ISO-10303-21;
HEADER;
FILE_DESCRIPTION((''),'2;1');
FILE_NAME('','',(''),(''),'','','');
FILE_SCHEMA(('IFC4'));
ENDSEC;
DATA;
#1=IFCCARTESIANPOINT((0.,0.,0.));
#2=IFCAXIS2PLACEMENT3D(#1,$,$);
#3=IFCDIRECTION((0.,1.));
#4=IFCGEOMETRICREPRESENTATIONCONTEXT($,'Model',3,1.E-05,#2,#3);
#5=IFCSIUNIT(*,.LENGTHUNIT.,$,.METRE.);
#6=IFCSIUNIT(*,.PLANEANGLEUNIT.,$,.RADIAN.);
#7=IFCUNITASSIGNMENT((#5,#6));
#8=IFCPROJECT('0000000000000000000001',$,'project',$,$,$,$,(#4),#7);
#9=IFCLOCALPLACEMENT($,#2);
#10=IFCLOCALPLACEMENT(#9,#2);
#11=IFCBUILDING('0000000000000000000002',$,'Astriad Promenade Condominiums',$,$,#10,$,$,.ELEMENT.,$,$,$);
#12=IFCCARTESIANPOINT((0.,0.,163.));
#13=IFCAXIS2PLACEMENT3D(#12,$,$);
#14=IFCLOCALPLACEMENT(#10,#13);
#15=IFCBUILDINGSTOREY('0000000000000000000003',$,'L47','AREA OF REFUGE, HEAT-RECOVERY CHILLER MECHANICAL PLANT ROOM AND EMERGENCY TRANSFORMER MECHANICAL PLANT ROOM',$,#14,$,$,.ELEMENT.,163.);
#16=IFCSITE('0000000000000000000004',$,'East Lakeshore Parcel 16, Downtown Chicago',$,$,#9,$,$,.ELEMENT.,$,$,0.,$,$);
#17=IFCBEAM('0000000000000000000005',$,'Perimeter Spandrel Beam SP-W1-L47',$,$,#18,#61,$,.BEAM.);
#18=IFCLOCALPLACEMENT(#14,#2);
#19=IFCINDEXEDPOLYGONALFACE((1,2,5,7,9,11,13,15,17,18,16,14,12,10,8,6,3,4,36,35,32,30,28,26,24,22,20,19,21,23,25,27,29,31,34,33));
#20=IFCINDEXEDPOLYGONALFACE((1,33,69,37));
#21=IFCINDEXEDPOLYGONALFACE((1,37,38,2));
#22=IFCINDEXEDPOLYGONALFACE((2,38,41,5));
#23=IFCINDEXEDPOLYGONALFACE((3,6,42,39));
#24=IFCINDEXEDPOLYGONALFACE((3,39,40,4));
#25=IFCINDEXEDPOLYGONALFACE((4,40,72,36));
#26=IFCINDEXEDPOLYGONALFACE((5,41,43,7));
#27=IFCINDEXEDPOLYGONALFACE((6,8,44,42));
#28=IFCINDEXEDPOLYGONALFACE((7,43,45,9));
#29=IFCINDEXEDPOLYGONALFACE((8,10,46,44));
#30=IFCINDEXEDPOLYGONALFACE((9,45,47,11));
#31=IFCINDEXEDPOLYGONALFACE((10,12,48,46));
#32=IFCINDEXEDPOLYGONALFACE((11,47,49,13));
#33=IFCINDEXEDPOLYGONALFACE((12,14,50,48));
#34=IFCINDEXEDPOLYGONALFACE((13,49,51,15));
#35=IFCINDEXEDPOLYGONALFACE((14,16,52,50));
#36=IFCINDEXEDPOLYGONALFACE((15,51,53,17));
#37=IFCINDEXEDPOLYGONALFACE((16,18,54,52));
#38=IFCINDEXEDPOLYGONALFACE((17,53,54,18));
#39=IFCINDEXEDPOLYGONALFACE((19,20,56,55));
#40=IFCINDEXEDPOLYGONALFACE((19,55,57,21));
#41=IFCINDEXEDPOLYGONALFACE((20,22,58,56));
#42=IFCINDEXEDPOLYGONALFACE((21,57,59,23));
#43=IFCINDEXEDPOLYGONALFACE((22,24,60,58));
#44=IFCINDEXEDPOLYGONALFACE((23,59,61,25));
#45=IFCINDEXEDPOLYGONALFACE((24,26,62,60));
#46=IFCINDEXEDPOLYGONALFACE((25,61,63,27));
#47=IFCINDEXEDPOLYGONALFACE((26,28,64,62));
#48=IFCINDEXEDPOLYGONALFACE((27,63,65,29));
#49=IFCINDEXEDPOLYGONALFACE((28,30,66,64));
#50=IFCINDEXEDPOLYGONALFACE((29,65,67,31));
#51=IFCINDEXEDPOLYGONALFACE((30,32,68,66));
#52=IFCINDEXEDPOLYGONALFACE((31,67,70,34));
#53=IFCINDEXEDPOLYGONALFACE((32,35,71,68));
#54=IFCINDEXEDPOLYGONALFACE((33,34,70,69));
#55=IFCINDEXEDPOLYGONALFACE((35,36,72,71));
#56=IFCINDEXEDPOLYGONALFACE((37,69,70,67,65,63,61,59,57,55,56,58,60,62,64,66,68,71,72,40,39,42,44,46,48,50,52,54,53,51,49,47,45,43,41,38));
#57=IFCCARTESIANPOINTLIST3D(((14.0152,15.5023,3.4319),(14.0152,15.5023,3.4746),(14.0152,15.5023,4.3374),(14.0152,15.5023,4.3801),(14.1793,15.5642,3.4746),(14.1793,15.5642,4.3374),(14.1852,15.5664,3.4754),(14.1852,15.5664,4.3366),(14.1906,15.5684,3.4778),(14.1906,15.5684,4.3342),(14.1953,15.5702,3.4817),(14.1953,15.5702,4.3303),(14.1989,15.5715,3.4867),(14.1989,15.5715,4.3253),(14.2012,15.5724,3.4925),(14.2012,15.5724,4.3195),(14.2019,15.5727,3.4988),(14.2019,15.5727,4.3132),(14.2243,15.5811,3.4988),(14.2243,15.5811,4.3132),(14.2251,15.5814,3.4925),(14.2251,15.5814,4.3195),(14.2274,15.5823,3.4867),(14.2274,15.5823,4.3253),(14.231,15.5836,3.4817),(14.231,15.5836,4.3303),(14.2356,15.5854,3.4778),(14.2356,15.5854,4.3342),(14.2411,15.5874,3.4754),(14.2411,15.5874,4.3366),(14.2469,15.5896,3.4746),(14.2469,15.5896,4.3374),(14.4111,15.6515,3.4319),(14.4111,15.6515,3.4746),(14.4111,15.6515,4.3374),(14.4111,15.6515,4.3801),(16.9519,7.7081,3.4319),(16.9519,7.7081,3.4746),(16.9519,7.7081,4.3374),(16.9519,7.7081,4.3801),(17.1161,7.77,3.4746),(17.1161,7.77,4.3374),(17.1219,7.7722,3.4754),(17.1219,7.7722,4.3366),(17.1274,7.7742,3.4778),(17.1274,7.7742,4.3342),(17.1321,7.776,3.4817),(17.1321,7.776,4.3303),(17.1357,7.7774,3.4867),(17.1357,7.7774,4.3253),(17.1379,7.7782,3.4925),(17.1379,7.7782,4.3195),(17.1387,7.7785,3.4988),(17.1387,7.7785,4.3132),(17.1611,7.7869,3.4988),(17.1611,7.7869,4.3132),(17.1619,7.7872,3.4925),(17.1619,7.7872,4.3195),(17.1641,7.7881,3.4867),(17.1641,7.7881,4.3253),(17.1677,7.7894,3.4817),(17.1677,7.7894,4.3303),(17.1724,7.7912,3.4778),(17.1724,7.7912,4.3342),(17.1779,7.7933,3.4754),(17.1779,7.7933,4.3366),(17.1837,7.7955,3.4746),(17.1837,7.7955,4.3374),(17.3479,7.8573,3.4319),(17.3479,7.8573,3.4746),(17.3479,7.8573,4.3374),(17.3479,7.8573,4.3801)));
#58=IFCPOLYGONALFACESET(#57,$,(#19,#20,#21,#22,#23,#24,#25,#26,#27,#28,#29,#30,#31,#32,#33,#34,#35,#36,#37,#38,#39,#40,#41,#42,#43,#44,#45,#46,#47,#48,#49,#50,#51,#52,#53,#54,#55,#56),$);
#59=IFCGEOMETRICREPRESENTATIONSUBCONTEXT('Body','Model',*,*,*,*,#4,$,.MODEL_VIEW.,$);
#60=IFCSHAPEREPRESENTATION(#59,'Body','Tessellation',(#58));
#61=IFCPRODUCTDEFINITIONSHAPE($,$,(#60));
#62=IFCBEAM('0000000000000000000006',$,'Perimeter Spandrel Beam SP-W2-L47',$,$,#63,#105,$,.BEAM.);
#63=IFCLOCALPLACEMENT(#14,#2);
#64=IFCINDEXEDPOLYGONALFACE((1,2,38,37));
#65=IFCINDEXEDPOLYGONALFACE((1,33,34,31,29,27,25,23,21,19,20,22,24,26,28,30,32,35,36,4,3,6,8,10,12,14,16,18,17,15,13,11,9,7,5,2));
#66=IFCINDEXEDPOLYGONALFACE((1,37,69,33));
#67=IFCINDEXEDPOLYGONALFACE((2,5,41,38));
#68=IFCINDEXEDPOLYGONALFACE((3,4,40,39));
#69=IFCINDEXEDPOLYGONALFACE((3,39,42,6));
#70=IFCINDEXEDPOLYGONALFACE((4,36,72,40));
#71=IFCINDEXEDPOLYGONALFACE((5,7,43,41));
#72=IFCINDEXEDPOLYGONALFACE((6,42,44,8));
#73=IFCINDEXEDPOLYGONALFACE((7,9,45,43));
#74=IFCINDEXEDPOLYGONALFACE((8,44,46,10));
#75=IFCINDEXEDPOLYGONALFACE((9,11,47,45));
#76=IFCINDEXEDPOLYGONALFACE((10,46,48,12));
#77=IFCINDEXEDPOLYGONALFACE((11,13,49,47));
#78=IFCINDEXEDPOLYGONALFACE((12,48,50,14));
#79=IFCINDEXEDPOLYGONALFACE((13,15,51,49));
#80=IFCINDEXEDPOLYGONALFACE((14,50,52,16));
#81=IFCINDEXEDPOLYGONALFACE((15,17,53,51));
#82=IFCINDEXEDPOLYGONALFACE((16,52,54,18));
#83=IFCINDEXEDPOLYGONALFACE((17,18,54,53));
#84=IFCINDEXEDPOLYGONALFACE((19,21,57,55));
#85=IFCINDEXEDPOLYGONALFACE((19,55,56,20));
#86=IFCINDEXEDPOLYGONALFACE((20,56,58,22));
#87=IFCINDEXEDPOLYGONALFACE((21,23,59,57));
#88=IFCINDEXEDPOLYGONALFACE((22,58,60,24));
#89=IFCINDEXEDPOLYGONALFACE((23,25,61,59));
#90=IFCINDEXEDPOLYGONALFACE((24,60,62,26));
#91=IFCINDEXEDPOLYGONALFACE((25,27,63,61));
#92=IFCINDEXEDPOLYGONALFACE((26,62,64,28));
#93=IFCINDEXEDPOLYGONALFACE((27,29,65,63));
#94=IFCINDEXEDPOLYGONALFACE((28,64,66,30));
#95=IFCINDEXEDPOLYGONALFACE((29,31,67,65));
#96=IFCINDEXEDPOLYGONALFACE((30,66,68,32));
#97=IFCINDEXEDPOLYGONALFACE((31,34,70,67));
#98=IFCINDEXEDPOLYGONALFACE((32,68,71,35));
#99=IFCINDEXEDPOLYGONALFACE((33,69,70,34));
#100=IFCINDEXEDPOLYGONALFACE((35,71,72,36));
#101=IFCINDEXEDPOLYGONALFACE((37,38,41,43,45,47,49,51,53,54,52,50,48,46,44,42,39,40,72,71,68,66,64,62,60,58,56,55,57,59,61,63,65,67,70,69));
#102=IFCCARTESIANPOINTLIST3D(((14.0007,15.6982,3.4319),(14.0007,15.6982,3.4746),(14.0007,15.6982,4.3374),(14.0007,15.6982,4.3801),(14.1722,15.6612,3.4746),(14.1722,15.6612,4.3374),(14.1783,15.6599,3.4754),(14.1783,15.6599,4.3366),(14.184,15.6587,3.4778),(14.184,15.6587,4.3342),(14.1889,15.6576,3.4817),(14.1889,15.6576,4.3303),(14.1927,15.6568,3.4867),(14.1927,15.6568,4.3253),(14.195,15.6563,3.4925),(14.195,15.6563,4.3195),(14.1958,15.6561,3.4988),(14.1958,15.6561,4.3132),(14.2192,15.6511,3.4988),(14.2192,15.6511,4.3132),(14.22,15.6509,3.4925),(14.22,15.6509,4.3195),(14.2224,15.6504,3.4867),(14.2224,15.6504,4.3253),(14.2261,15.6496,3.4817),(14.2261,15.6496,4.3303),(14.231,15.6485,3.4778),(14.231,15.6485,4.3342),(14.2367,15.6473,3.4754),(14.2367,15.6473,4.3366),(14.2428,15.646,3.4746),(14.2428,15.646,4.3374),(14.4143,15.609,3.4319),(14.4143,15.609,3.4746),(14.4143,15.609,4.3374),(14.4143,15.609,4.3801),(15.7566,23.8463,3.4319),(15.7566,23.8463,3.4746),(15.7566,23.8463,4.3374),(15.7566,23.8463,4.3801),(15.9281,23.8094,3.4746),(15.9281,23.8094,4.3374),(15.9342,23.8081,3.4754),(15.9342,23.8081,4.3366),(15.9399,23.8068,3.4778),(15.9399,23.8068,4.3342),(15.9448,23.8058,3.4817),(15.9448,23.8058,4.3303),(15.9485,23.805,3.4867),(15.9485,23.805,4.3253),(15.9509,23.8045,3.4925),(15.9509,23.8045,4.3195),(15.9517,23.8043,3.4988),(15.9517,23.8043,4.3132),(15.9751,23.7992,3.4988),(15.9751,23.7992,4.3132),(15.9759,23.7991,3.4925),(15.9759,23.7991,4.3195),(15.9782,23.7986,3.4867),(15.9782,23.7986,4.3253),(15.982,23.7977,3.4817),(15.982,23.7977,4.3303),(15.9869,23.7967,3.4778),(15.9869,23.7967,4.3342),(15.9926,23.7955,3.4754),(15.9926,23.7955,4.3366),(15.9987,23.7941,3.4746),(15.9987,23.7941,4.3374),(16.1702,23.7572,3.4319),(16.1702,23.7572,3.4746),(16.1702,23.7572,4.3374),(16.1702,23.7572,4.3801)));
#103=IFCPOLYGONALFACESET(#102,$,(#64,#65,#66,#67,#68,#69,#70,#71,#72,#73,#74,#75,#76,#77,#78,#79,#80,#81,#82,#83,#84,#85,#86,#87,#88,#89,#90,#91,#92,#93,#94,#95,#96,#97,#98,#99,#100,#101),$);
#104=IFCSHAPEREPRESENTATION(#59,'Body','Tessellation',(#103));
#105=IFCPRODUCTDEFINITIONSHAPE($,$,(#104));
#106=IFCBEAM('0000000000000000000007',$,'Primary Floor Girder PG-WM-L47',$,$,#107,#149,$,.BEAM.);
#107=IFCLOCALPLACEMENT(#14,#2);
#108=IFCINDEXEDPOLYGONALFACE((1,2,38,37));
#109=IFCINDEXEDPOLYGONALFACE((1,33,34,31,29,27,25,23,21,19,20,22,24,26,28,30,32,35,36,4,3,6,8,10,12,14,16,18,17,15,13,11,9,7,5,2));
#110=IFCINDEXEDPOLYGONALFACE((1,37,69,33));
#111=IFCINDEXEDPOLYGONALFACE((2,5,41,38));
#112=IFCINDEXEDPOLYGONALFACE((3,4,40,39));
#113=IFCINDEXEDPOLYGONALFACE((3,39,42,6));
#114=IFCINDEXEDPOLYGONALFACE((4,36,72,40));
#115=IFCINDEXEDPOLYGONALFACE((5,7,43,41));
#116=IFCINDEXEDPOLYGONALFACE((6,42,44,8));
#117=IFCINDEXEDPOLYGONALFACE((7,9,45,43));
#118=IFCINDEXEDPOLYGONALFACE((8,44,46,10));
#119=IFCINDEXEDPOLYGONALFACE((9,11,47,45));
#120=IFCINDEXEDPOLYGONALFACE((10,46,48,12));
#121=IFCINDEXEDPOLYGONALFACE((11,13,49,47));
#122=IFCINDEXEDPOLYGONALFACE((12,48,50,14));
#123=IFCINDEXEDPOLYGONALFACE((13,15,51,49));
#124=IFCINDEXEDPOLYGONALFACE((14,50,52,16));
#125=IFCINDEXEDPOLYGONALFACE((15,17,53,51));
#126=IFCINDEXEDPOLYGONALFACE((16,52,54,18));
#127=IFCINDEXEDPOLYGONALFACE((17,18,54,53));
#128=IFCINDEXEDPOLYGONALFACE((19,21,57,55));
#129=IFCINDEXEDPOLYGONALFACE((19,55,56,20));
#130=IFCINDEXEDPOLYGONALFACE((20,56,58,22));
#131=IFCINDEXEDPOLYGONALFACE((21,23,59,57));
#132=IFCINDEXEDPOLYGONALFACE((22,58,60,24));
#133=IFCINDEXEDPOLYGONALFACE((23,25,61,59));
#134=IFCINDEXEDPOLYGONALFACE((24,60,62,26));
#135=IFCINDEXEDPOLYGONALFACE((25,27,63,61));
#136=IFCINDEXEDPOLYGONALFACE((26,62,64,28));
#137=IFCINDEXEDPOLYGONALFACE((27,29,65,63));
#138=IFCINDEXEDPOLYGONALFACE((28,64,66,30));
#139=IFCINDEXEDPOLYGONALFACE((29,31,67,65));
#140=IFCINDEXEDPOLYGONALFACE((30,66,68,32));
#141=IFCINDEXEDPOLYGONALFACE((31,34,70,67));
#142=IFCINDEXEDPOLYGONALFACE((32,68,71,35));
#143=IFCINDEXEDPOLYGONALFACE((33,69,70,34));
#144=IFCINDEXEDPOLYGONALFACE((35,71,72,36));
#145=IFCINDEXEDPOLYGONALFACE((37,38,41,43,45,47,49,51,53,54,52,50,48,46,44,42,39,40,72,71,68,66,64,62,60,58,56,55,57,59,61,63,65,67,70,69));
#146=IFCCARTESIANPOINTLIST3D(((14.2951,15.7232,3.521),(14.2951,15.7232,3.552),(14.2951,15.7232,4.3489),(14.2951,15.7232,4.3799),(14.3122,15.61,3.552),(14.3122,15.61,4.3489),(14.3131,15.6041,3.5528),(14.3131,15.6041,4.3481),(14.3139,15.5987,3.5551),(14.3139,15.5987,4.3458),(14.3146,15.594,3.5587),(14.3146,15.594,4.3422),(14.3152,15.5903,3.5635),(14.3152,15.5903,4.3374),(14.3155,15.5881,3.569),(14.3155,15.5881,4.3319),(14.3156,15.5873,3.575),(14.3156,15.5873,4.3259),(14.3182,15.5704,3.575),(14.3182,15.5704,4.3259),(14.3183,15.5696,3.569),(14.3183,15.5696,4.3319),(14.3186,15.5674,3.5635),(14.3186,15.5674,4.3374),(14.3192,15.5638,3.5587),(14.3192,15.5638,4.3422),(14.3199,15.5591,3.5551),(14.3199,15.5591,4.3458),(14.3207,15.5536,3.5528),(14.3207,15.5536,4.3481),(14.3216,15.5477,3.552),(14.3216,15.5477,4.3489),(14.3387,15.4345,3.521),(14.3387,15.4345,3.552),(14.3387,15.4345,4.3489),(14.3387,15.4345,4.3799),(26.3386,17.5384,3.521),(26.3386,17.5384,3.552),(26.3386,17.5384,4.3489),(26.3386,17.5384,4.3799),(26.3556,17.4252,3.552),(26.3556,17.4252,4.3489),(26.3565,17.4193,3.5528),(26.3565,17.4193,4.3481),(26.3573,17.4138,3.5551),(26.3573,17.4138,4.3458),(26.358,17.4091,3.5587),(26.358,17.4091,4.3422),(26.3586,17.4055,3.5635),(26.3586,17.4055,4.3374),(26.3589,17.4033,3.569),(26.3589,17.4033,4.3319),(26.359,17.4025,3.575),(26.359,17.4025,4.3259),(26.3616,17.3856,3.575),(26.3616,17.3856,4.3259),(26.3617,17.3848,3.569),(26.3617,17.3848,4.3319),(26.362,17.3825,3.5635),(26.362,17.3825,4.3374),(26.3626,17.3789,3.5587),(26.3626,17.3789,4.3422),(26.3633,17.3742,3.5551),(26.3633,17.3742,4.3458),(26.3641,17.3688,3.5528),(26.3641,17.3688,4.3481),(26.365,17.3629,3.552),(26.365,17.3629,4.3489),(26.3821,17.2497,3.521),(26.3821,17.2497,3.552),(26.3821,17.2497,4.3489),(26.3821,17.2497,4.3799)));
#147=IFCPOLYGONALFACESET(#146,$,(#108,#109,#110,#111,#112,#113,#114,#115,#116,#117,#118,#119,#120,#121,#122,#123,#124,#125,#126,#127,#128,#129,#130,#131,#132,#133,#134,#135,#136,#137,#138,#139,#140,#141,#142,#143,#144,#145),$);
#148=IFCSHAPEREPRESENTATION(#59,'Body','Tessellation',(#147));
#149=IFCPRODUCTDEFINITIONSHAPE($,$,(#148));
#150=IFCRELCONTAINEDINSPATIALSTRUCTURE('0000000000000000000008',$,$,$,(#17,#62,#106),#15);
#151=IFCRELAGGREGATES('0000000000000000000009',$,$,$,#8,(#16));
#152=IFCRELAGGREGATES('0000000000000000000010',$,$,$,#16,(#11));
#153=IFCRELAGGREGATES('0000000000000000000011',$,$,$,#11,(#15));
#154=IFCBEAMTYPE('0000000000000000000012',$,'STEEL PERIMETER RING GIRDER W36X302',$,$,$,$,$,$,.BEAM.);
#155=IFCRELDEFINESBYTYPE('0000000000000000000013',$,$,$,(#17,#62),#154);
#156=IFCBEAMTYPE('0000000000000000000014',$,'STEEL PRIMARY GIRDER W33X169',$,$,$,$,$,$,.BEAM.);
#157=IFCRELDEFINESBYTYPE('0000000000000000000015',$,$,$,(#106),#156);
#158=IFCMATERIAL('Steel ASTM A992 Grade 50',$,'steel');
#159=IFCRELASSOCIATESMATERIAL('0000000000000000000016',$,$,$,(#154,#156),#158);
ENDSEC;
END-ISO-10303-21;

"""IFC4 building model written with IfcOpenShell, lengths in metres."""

from ifc_helpers import new_model, si_unit, direction, frame, origin, origin_2d, place, context, subcontext, project, spatial, i_section, extrude, source, transform, mapped, material, material_profile, profile_set, type_object, type_shapes, element, save


model = new_model("IFC4")

# Units and contexts
model_context = context("Model", 3, precision=1e-05, world=origin(), true_north=direction((0.0, 1.0)))
body_context = subcontext(model_context, "Body", "Model", "MODEL_VIEW")
ifc_project = project(units=[si_unit("LENGTHUNIT", "METRE"), si_unit("PLANEANGLEUNIT", "RADIAN")], contexts=[model_context])

# Site, building, storey
site_placement = place(None, origin())
site = spatial("IfcSite", under=ifc_project, at=site_placement, Name="East Lakeshore Parcel 16, Downtown Chicago", CompositionType="ELEMENT", RefElevation=0.0)
building_placement = place(site_placement, origin())
building = spatial("IfcBuilding", under=site, at=building_placement, Name="Astriad Promenade Condominiums", CompositionType="ELEMENT")
storey_placement = place(building_placement, frame((0.0, 0.0, 163.0)))
storey = spatial("IfcBuildingStorey", under=building, at=storey_placement, Name="L47", Description="AREA OF REFUGE, HEAT-RECOVERY CHILLER MECHANICAL PLANT ROOM AND EMERGENCY TRANSFORMER MECHANICAL PLANT ROOM", CompositionType="ELEMENT", Elevation=163.0)

# Shared definitions
ifc_material_1 = material(Name="Steel ASTM A992 Grade 50", Category="steel")

# Beams
ifc_material_profile_1 = material_profile(ifc_material_1, i_section(OverallWidth=0.4231, OverallDepth=0.9482, WebThickness=0.0239, FlangeThickness=0.0427, FilletRadius=0.0242, at=origin_2d()), Name="W36X302")
ifc_profile_set_1 = profile_set([ifc_material_profile_1], Name="Steel ASTM A992 Grade 50")
beam_type_1 = type_object("IfcBeamType", Name="STEEL PERIMETER RING GIRDER W36X302", PredefinedType="BEAM", material=ifc_profile_set_1)
shared_shape_1 = source(origin(), body_context, "Body", "SweptSolid", [
    extrude(i_section(OverallWidth=0.4231, OverallDepth=0.9482, WebThickness=0.0239, FlangeThickness=0.0427, FilletRadius=0.0242, at=origin_2d()), origin(), (0.0, 0.0, 1.0), 8.3291),
])
beam_1_placement = place(storey_placement, frame((14.2131, 15.5769, 3.906), z_axis=(0.352591, -0.935778, 0.0), x_axis=(0.935778, 0.352591, 0.0)))
element("IfcBeam", 1, at=beam_1_placement, inside=storey, type_object=beam_type_1, Name="Perimeter Spandrel Beam SP-W1-L47", PredefinedType="BEAM", context=body_context, shape_type="MappedRepresentation", body=[
    mapped(shared_shape_1, transform((0.0, 0.0, 0.0), scale=1.0)),
])
shared_shape_2 = source(origin(), body_context, "Body", "SweptSolid", [
    extrude(i_section(OverallWidth=0.4231, OverallDepth=0.9482, WebThickness=0.0239, FlangeThickness=0.0427, FilletRadius=0.0242, at=origin_2d()), origin(), (0.0, 0.0, 1.0), 8.3352),
])
type_shapes(beam_type_1, [shared_shape_1, shared_shape_2])
beam_2_placement = place(storey_placement, frame((15.9634, 23.8018, 3.906), z_axis=(-0.210655, -0.97756, 0.0), x_axis=(0.97756, -0.210655, 0.0)))
element("IfcBeam", 2, at=beam_2_placement, inside=storey, type_object=beam_type_1, Name="Perimeter Spandrel Beam SP-W2-L47", PredefinedType="BEAM", context=body_context, shape_type="MappedRepresentation", body=[
    mapped(shared_shape_2, transform((0.0, 0.0, 0.0), scale=1.0)),
])
ifc_material_profile_2 = material_profile(ifc_material_1, i_section(OverallWidth=0.292, OverallDepth=0.8589, WebThickness=0.0171, FlangeThickness=0.031, FilletRadius=0.0229, at=origin_2d()), Name="W33X169")
ifc_profile_set_2 = profile_set([ifc_material_profile_2], Name="Steel ASTM A992 Grade 50")
beam_type_2 = type_object("IfcBeamType", Name="STEEL PRIMARY GIRDER W33X169", PredefinedType="BEAM", material=ifc_profile_set_2)
shared_shape_3 = source(origin(), body_context, "Body", "SweptSolid", [
    extrude(i_section(OverallWidth=0.292, OverallDepth=0.8589, WebThickness=0.0171, FlangeThickness=0.031, FilletRadius=0.0229, at=origin_2d()), origin(), (0.0, 0.0, 1.0), 12.1794),
])
type_shapes(beam_type_2, [shared_shape_3])
beam_3_placement = place(storey_placement, frame((14.3169, 15.5789, 3.9504), z_axis=(0.988832, 0.149036, 0.0), x_axis=(-0.149036, 0.988832, 0.0)))
element("IfcBeam", 3, at=beam_3_placement, inside=storey, type_object=beam_type_2, Name="Primary Floor Girder PG-WM-L47", PredefinedType="BEAM", context=body_context, shape_type="MappedRepresentation", body=[
    mapped(shared_shape_3, transform((0.0, 0.0, 0.0), scale=1.0)),
])

save(model, "model.ifc")
